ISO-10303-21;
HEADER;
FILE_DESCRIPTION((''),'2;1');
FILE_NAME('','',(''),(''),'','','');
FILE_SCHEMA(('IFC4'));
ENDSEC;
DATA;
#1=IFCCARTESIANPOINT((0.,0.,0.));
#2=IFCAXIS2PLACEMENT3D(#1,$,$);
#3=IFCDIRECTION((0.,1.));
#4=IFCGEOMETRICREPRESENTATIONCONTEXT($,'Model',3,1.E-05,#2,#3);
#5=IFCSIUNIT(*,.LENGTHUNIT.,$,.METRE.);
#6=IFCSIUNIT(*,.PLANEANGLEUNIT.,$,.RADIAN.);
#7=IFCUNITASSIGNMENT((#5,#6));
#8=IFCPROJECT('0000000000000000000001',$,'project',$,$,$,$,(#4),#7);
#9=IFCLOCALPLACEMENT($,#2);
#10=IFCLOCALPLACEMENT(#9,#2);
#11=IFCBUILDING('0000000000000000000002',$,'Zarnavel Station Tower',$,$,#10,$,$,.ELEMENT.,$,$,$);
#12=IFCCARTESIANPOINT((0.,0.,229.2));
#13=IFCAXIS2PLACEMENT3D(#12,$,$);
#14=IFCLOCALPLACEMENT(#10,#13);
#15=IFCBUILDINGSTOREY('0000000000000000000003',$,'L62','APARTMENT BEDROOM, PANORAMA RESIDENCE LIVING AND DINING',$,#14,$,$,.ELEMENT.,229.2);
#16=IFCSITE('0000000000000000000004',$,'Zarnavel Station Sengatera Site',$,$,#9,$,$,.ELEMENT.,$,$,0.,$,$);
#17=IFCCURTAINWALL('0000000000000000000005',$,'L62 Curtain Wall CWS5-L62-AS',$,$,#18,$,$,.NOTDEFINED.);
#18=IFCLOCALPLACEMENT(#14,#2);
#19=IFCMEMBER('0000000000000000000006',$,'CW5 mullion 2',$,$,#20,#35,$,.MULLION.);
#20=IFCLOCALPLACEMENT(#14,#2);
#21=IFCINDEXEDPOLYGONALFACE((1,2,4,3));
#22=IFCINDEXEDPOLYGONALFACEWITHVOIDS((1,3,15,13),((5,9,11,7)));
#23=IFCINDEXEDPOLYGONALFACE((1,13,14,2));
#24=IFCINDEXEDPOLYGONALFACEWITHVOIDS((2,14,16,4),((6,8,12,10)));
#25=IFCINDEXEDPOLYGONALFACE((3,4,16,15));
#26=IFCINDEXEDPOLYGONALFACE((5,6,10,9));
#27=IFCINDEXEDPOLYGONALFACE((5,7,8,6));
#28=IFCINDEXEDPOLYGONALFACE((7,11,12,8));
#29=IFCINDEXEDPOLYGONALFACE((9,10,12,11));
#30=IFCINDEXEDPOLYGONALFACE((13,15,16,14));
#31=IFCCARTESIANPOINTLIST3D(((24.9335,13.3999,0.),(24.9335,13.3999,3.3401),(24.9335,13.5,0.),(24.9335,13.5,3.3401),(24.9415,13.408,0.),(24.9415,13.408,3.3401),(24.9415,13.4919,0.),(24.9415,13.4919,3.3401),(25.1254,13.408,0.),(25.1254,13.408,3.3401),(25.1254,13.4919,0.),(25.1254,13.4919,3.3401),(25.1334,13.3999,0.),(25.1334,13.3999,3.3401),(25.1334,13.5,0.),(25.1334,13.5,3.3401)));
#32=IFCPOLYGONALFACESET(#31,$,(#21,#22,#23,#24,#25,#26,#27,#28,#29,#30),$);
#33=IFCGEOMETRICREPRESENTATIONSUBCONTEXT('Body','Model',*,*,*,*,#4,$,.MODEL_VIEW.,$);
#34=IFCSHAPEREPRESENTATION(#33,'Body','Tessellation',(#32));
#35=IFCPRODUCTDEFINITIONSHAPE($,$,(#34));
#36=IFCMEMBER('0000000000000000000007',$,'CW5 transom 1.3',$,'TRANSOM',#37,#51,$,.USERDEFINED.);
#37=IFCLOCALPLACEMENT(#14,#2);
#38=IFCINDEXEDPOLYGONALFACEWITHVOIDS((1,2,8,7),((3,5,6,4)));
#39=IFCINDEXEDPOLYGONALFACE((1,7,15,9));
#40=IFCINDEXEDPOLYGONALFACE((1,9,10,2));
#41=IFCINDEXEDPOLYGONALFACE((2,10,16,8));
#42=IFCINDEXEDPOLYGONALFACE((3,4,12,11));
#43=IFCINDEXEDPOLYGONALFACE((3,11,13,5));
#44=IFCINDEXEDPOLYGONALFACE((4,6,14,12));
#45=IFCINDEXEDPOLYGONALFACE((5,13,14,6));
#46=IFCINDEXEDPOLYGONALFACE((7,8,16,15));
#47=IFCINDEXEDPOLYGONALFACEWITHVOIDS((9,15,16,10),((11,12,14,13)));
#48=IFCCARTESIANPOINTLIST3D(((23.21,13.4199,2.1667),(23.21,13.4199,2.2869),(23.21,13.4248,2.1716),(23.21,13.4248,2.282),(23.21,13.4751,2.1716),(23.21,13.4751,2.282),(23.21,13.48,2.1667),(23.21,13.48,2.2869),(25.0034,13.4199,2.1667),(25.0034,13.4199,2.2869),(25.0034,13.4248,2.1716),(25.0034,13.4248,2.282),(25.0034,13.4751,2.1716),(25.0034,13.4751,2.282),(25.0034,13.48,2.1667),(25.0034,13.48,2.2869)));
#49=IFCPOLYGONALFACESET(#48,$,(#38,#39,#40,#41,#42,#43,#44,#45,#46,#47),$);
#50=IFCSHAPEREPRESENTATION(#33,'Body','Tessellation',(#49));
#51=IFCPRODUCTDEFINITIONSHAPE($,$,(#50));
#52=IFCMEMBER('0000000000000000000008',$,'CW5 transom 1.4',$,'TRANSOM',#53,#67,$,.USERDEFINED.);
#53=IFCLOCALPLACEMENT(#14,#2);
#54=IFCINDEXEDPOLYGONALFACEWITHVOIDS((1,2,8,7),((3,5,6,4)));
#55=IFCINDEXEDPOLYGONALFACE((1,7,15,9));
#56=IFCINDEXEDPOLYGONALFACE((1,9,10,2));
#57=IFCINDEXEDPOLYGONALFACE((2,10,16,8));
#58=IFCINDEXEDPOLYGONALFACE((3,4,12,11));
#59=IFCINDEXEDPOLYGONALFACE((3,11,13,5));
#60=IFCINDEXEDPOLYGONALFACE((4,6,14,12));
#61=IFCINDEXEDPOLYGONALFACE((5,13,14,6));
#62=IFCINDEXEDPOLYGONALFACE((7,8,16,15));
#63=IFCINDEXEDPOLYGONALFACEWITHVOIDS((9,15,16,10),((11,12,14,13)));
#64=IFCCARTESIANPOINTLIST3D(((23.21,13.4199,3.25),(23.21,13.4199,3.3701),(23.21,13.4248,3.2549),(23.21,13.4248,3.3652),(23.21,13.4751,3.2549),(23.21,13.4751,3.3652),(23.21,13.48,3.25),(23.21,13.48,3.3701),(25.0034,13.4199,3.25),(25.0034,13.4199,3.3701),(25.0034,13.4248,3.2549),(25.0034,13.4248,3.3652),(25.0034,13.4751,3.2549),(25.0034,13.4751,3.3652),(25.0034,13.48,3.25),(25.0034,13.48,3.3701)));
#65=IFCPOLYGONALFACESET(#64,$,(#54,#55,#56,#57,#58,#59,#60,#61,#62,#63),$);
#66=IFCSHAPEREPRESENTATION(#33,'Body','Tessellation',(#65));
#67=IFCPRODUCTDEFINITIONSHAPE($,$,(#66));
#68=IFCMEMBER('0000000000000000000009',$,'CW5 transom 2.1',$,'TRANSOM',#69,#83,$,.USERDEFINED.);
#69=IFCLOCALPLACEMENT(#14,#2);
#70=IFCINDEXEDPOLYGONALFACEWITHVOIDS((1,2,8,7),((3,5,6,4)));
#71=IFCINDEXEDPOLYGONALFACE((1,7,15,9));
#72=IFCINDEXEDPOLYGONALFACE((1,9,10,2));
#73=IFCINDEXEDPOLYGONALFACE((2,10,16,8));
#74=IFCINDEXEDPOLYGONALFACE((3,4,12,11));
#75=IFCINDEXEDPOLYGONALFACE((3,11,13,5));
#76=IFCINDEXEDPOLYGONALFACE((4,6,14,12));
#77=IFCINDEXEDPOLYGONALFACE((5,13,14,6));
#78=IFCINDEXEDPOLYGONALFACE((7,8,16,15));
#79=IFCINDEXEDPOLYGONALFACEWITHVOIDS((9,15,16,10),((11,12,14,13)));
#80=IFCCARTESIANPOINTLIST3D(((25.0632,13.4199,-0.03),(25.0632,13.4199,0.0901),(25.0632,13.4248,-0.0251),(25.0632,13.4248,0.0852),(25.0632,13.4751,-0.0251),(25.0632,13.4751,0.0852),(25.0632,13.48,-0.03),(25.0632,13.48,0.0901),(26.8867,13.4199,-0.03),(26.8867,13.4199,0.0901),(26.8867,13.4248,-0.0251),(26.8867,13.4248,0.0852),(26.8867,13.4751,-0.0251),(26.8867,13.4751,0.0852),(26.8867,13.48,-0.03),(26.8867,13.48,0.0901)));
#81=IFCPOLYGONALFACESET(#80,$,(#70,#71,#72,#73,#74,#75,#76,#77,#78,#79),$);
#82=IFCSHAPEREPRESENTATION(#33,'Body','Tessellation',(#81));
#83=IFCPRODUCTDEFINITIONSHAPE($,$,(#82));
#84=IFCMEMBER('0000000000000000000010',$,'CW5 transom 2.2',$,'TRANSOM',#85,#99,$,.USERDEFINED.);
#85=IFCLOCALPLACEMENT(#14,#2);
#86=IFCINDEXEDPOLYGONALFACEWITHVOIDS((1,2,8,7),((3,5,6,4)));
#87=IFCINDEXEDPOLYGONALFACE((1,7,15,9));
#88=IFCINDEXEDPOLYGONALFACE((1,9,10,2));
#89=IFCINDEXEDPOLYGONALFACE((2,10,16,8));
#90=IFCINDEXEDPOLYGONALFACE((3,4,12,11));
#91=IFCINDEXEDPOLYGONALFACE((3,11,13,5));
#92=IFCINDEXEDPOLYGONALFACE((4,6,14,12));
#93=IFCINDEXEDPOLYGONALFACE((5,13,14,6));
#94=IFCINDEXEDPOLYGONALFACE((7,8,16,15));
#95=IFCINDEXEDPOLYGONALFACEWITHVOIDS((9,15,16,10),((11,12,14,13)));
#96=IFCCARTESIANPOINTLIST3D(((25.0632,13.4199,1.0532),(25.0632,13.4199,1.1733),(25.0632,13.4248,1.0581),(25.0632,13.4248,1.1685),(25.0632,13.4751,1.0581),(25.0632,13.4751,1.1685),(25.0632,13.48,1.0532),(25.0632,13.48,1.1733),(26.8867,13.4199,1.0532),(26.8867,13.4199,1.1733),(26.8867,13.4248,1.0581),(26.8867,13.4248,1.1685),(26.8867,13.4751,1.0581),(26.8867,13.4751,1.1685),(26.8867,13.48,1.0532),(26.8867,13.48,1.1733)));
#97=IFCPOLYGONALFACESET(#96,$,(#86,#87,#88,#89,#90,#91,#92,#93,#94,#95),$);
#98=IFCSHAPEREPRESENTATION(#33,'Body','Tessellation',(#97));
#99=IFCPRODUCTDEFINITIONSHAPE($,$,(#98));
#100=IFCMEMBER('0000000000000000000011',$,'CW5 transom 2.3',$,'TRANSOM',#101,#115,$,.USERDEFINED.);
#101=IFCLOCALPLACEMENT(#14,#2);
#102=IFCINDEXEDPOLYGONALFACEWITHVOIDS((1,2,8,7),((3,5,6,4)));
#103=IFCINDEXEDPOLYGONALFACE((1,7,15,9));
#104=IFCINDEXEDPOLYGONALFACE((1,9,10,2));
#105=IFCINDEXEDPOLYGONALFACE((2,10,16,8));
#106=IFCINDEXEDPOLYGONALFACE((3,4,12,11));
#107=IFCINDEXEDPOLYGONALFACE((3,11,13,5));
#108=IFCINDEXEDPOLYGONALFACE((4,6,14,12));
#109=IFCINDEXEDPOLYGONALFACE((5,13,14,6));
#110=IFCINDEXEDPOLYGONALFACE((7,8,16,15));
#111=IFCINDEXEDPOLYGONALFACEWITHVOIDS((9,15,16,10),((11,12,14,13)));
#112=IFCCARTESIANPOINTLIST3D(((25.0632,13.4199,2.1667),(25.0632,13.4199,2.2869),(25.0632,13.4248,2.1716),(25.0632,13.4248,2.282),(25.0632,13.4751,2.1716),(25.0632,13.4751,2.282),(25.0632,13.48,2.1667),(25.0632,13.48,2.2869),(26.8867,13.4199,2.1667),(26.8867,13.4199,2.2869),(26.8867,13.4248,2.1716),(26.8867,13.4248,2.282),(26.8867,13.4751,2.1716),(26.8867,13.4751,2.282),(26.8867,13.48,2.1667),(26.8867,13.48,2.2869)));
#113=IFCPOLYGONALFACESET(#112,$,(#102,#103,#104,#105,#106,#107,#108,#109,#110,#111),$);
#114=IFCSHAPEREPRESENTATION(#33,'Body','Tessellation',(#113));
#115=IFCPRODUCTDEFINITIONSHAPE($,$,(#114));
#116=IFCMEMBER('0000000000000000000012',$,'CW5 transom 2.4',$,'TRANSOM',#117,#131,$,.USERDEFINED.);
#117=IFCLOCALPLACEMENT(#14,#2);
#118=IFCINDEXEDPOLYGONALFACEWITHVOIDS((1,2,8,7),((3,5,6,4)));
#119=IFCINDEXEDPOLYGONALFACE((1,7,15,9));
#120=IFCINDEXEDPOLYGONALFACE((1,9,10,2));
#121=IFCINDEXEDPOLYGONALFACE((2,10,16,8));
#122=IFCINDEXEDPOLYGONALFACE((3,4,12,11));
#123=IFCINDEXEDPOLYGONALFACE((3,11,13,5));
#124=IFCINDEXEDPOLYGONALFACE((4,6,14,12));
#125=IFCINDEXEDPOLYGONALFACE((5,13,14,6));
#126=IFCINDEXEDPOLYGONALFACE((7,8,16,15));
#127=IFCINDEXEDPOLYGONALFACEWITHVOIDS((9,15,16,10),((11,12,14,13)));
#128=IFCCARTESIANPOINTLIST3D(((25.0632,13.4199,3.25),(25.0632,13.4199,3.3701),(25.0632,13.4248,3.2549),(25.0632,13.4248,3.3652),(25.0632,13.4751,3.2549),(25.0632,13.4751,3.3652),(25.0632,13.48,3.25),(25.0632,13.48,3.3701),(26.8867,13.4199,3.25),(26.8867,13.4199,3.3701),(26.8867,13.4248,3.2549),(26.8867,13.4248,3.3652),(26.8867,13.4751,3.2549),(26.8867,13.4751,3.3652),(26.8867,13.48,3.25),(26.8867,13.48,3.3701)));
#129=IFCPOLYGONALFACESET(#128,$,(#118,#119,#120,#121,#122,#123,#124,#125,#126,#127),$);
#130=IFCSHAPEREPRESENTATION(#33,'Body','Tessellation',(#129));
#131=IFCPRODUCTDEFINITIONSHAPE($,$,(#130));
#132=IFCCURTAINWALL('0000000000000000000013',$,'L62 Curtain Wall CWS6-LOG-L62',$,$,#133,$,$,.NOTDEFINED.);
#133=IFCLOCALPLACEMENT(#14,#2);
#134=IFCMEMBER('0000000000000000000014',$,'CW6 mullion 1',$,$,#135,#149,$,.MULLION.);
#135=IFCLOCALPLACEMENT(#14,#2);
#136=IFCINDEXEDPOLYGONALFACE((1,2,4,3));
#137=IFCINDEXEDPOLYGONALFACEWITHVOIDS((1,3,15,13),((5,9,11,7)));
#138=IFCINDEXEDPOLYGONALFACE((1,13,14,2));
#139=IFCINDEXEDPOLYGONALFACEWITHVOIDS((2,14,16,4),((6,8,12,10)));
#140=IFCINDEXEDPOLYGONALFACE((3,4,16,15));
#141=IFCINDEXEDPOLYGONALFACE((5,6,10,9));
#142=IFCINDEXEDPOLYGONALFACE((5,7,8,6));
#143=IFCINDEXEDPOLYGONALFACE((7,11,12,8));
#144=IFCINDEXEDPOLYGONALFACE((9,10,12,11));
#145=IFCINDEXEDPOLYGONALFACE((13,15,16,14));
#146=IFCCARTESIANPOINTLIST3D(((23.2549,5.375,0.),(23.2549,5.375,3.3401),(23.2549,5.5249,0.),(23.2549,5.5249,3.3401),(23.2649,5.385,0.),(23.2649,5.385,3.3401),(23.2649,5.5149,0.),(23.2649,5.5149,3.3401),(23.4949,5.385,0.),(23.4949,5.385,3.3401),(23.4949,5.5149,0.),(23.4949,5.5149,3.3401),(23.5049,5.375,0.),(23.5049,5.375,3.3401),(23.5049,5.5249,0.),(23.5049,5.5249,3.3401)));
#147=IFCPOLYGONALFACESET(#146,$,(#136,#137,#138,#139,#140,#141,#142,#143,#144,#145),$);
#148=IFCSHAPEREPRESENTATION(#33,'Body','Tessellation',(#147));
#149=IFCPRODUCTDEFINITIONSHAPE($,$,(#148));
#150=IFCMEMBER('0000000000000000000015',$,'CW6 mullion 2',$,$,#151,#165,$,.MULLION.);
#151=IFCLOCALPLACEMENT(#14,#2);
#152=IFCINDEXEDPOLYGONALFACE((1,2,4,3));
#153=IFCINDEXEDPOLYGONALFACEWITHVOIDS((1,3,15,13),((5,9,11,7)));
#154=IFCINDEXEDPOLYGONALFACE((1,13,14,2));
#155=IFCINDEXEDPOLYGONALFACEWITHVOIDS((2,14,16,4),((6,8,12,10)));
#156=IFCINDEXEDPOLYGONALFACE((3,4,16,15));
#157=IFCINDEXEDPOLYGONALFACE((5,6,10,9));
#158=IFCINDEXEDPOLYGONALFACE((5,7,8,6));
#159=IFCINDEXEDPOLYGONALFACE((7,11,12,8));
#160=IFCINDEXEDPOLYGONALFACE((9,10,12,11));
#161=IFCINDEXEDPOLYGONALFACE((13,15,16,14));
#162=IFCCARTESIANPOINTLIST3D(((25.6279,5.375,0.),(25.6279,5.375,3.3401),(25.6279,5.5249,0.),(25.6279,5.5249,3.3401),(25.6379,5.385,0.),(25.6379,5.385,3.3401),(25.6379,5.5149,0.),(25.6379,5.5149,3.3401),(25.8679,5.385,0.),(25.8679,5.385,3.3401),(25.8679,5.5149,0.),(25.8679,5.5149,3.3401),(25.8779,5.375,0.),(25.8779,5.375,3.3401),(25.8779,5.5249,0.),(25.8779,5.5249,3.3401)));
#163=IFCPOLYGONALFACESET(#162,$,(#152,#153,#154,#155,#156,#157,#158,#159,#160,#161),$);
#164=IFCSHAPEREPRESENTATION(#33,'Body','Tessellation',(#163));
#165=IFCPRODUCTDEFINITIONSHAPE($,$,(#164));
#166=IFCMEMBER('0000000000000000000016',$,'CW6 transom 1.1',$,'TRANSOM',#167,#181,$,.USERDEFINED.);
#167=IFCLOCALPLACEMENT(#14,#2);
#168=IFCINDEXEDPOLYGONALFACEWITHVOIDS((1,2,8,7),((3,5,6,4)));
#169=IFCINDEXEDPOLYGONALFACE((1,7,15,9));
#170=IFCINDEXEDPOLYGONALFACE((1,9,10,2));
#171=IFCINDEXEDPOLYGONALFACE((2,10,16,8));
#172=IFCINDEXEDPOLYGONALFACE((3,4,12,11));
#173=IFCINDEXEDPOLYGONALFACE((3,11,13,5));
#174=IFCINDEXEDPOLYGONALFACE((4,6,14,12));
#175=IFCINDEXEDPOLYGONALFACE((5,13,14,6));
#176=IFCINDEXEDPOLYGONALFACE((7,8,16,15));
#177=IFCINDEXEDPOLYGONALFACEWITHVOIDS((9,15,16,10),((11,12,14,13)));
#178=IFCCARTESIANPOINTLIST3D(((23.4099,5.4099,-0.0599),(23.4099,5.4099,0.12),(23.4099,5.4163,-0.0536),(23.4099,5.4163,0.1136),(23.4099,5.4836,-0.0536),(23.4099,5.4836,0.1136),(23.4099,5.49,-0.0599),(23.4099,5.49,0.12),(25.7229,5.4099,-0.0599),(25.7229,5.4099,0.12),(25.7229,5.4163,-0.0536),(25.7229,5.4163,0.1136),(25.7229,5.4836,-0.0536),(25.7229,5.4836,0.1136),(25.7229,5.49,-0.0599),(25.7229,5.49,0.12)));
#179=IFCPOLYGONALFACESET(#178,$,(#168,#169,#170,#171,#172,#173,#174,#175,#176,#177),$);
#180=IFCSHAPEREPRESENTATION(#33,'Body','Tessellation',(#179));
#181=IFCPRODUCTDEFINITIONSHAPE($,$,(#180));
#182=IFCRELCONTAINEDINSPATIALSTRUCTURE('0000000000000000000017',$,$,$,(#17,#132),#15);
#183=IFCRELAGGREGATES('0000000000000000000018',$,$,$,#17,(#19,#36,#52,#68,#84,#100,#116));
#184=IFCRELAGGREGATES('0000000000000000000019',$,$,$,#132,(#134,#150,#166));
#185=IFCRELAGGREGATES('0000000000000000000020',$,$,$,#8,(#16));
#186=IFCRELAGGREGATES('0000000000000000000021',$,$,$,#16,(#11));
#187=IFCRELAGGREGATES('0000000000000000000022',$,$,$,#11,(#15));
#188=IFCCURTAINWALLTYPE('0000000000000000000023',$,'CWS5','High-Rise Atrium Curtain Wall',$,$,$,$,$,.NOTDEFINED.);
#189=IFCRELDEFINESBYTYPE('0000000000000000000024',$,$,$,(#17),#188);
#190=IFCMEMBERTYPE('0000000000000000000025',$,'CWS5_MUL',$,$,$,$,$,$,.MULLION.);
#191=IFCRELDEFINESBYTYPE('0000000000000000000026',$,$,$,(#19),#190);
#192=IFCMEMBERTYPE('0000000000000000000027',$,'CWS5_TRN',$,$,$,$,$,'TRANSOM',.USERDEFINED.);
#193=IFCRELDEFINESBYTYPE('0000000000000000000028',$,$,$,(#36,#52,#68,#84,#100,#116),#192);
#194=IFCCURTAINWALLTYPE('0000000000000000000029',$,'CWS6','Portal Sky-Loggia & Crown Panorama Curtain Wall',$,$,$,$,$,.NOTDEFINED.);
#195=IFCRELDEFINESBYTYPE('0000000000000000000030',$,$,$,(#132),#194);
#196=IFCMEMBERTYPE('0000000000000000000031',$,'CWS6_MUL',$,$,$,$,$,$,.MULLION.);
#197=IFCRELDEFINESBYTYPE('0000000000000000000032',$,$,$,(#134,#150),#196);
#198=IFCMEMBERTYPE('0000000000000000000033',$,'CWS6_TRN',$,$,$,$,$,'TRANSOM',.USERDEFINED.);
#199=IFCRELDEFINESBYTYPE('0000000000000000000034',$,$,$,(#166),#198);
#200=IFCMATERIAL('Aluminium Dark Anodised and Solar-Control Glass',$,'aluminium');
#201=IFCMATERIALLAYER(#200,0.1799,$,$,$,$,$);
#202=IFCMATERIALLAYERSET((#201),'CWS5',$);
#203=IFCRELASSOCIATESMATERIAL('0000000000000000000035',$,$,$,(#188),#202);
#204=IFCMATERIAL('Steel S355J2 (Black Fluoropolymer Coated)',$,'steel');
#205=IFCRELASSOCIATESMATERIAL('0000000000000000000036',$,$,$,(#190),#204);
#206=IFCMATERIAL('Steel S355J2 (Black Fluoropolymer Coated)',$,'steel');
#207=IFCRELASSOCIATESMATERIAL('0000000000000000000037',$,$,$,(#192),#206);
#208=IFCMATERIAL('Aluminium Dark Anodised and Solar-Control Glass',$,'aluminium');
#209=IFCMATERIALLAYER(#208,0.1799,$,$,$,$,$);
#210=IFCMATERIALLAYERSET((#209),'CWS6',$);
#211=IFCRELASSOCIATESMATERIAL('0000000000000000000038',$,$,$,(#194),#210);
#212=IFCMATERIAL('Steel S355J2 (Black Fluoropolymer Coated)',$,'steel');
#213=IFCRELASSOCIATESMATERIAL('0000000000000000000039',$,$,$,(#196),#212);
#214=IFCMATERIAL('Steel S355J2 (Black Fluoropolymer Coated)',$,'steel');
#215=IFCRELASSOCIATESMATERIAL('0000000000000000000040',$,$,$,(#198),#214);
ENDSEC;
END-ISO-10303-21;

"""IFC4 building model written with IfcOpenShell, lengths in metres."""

from ifc_helpers import new_model, si_unit, direction, frame, origin, origin_2d, place, context, subcontext, project, spatial, hollow_rectangle, extrude, material, layer, layer_set, material_profile, profile_set, type_object, element, aggregate, save


model = new_model("IFC4")

# Units and contexts
model_context = context("Model", 3, precision=1e-05, world=origin(), true_north=direction((0.0, 1.0)))
body_context = subcontext(model_context, "Body", "Model", "MODEL_VIEW")
ifc_project = project(units=[si_unit("LENGTHUNIT", "METRE"), si_unit("PLANEANGLEUNIT", "RADIAN")], contexts=[model_context])

# Site, building, storey
site_placement = place(None, origin())
site = spatial("IfcSite", under=ifc_project, at=site_placement, Name="Zarnavel Station Sengatera Site", CompositionType="ELEMENT", RefElevation=0.0)
building_placement = place(site_placement, origin())
building = spatial("IfcBuilding", under=site, at=building_placement, Name="Zarnavel Station Tower", CompositionType="ELEMENT")
storey_placement = place(building_placement, frame((0.0, 0.0, 229.2)))
storey = spatial("IfcBuildingStorey", under=building, at=storey_placement, Name="L62", Description="APARTMENT BEDROOM, PANORAMA RESIDENCE LIVING AND DINING", CompositionType="ELEMENT", Elevation=229.2)

# Curtain walls, members
ifc_material_1 = material(Name="Aluminium Dark Anodised and Solar-Control Glass", Category="aluminium")
ifc_layer_1 = layer(ifc_material_1, 0.1799)
ifc_layer_set_1 = layer_set([ifc_layer_1], Name="CWS5")
curtain_wall_type_1 = type_object("IfcCurtainWallType", Name="CWS5", Description="High-Rise Atrium Curtain Wall", PredefinedType="NOTDEFINED", material=ifc_layer_set_1)
curtain_wall_1_placement = place(storey_placement, origin())
curtain_wall_1 = element("IfcCurtainWall", 1, at=curtain_wall_1_placement, inside=storey, type_object=curtain_wall_type_1, Name="L62 Curtain Wall CWS5-L62-AS", PredefinedType="NOTDEFINED")
ifc_material_2 = material(Name="Steel S355J2 (Black Fluoropolymer Coated)", Category="steel")
ifc_material_profile_1 = material_profile(ifc_material_2, hollow_rectangle(XDim=0.1001, YDim=0.2, WallThickness=0.0081, at=origin_2d()), Name="RHS200x100x8")
ifc_profile_set_1 = profile_set([ifc_material_profile_1], Name="Steel S355J2 (Black Fluoropolymer Coated)")
member_type_1 = type_object("IfcMemberType", Name="CWS5_MUL", PredefinedType="MULLION", material=ifc_profile_set_1)
member_1_placement = place(storey_placement, frame((25.0334, 13.45, 0.0), z_axis=(0.0, 0.0, 1.0), x_axis=(0.0, 1.0, 0.0)))
member_1 = element("IfcMember", 2, at=member_1_placement, type_object=member_type_1, Name="CW5 mullion 2", PredefinedType="MULLION", context=body_context, shape_type="SweptSolid", body=[
    extrude(hollow_rectangle(XDim=0.1001, YDim=0.2, WallThickness=0.0081, at=origin_2d()), origin(), (0.0, 0.0, 1.0), 3.3401),
])
ifc_material_3 = material(Name="Steel S355J2 (Black Fluoropolymer Coated)", Category="steel")
ifc_material_profile_2 = material_profile(ifc_material_3, hollow_rectangle(XDim=0.0601, YDim=0.1201, WallThickness=0.0049, at=origin_2d()), Name="RHS120x60x5")
ifc_profile_set_2 = profile_set([ifc_material_profile_2], Name="Steel S355J2 (Black Fluoropolymer Coated)")
member_type_2 = type_object("IfcMemberType", Name="CWS5_TRN", ElementType="TRANSOM", PredefinedType="USERDEFINED", material=ifc_profile_set_2)
member_2_placement = place(storey_placement, frame((23.21, 13.45, 2.2268), z_axis=(1.0, 0.0, 0.0), x_axis=(0.0, 1.0, 0.0)))
member_2 = element("IfcMember", 3, at=member_2_placement, type_object=member_type_2, Name="CW5 transom 1.3", ObjectType="TRANSOM", PredefinedType="USERDEFINED", context=body_context, shape_type="SweptSolid", body=[
    extrude(hollow_rectangle(XDim=0.0601, YDim=0.1201, WallThickness=0.0049, at=origin_2d()), origin(), (0.0, 0.0, 1.0), 1.7935),
])
member_3_placement = place(storey_placement, frame((23.21, 13.45, 3.3101), z_axis=(1.0, 0.0, 0.0), x_axis=(0.0, 1.0, 0.0)))
member_3 = element("IfcMember", 4, at=member_3_placement, type_object=member_type_2, Name="CW5 transom 1.4", ObjectType="TRANSOM", PredefinedType="USERDEFINED", context=body_context, shape_type="SweptSolid", body=[
    extrude(hollow_rectangle(XDim=0.0601, YDim=0.1201, WallThickness=0.0049, at=origin_2d()), origin(), (0.0, 0.0, 1.0), 1.7935),
])
member_4_placement = place(storey_placement, frame((25.0632, 13.45, 0.03), z_axis=(1.0, 0.0, 0.0), x_axis=(0.0, 1.0, 0.0)))
member_4 = element("IfcMember", 5, at=member_4_placement, type_object=member_type_2, Name="CW5 transom 2.1", ObjectType="TRANSOM", PredefinedType="USERDEFINED", context=body_context, shape_type="SweptSolid", body=[
    extrude(hollow_rectangle(XDim=0.0601, YDim=0.1201, WallThickness=0.0049, at=origin_2d()), origin(), (0.0, 0.0, 1.0), 1.8235),
])
member_5_placement = place(storey_placement, frame((25.0632, 13.45, 1.1133), z_axis=(1.0, 0.0, 0.0), x_axis=(0.0, 1.0, 0.0)))
member_5 = element("IfcMember", 6, at=member_5_placement, type_object=member_type_2, Name="CW5 transom 2.2", ObjectType="TRANSOM", PredefinedType="USERDEFINED", context=body_context, shape_type="SweptSolid", body=[
    extrude(hollow_rectangle(XDim=0.0601, YDim=0.1201, WallThickness=0.0049, at=origin_2d()), origin(), (0.0, 0.0, 1.0), 1.8235),
])
member_6_placement = place(storey_placement, frame((25.0632, 13.45, 2.2268), z_axis=(1.0, 0.0, 0.0), x_axis=(0.0, 1.0, 0.0)))
member_6 = element("IfcMember", 7, at=member_6_placement, type_object=member_type_2, Name="CW5 transom 2.3", ObjectType="TRANSOM", PredefinedType="USERDEFINED", context=body_context, shape_type="SweptSolid", body=[
    extrude(hollow_rectangle(XDim=0.0601, YDim=0.1201, WallThickness=0.0049, at=origin_2d()), origin(), (0.0, 0.0, 1.0), 1.8235),
])
member_7_placement = place(storey_placement, frame((25.0632, 13.45, 3.3101), z_axis=(1.0, 0.0, 0.0), x_axis=(0.0, 1.0, 0.0)))
member_7 = element("IfcMember", 8, at=member_7_placement, type_object=member_type_2, Name="CW5 transom 2.4", ObjectType="TRANSOM", PredefinedType="USERDEFINED", context=body_context, shape_type="SweptSolid", body=[
    extrude(hollow_rectangle(XDim=0.0601, YDim=0.1201, WallThickness=0.0049, at=origin_2d()), origin(), (0.0, 0.0, 1.0), 1.8235),
])
ifc_material_4 = material(Name="Aluminium Dark Anodised and Solar-Control Glass", Category="aluminium")
ifc_layer_2 = layer(ifc_material_4, 0.1799)
ifc_layer_set_2 = layer_set([ifc_layer_2], Name="CWS6")
curtain_wall_type_2 = type_object("IfcCurtainWallType", Name="CWS6", Description="Portal Sky-Loggia & Crown Panorama Curtain Wall", PredefinedType="NOTDEFINED", material=ifc_layer_set_2)
curtain_wall_2_placement = place(storey_placement, origin())
curtain_wall_2 = element("IfcCurtainWall", 9, at=curtain_wall_2_placement, inside=storey, type_object=curtain_wall_type_2, Name="L62 Curtain Wall CWS6-LOG-L62", PredefinedType="NOTDEFINED")
ifc_material_5 = material(Name="Steel S355J2 (Black Fluoropolymer Coated)", Category="steel")
ifc_material_profile_3 = material_profile(ifc_material_5, hollow_rectangle(XDim=0.1499, YDim=0.25, WallThickness=0.01, at=origin_2d()), Name="RHS250x150x10")
ifc_profile_set_3 = profile_set([ifc_material_profile_3], Name="Steel S355J2 (Black Fluoropolymer Coated)")
member_type_3 = type_object("IfcMemberType", Name="CWS6_MUL", PredefinedType="MULLION", material=ifc_profile_set_3)
member_8_placement = place(storey_placement, frame((23.3799, 5.45, 0.0), z_axis=(0.0, 0.0, 1.0), x_axis=(0.0, 1.0, 0.0)))
member_8 = element("IfcMember", 10, at=member_8_placement, type_object=member_type_3, Name="CW6 mullion 1", PredefinedType="MULLION", context=body_context, shape_type="SweptSolid", body=[
    extrude(hollow_rectangle(XDim=0.1499, YDim=0.25, WallThickness=0.01, at=origin_2d()), origin(), (0.0, 0.0, 1.0), 3.3401),
])
member_9_placement = place(storey_placement, frame((25.7529, 5.45, 0.0), z_axis=(0.0, 0.0, 1.0), x_axis=(0.0, 1.0, 0.0)))
member_9 = element("IfcMember", 11, at=member_9_placement, type_object=member_type_3, Name="CW6 mullion 2", PredefinedType="MULLION", context=body_context, shape_type="SweptSolid", body=[
    extrude(hollow_rectangle(XDim=0.1499, YDim=0.25, WallThickness=0.01, at=origin_2d()), origin(), (0.0, 0.0, 1.0), 3.3401),
])
ifc_material_6 = material(Name="Steel S355J2 (Black Fluoropolymer Coated)", Category="steel")
ifc_material_profile_4 = material_profile(ifc_material_6, hollow_rectangle(XDim=0.0801, YDim=0.1799, WallThickness=0.0063, at=origin_2d()), Name="RHS180x80x6.3")
ifc_profile_set_4 = profile_set([ifc_material_profile_4], Name="Steel S355J2 (Black Fluoropolymer Coated)")
member_type_4 = type_object("IfcMemberType", Name="CWS6_TRN", ElementType="TRANSOM", PredefinedType="USERDEFINED", material=ifc_profile_set_4)
member_10_placement = place(storey_placement, frame((23.4099, 5.45, 0.03), z_axis=(1.0, 0.0, 0.0), x_axis=(0.0, 1.0, 0.0)))
member_10 = element("IfcMember", 12, at=member_10_placement, type_object=member_type_4, Name="CW6 transom 1.1", ObjectType="TRANSOM", PredefinedType="USERDEFINED", context=body_context, shape_type="SweptSolid", body=[
    extrude(hollow_rectangle(XDim=0.0801, YDim=0.1799, WallThickness=0.0063, at=origin_2d()), origin(), (0.0, 0.0, 1.0), 2.313),
])

aggregate(curtain_wall_1, [member_1, member_2, member_3, member_4, member_5, member_6, member_7])
aggregate(curtain_wall_2, [member_8, member_9, member_10])

save(model, "model.ifc")
